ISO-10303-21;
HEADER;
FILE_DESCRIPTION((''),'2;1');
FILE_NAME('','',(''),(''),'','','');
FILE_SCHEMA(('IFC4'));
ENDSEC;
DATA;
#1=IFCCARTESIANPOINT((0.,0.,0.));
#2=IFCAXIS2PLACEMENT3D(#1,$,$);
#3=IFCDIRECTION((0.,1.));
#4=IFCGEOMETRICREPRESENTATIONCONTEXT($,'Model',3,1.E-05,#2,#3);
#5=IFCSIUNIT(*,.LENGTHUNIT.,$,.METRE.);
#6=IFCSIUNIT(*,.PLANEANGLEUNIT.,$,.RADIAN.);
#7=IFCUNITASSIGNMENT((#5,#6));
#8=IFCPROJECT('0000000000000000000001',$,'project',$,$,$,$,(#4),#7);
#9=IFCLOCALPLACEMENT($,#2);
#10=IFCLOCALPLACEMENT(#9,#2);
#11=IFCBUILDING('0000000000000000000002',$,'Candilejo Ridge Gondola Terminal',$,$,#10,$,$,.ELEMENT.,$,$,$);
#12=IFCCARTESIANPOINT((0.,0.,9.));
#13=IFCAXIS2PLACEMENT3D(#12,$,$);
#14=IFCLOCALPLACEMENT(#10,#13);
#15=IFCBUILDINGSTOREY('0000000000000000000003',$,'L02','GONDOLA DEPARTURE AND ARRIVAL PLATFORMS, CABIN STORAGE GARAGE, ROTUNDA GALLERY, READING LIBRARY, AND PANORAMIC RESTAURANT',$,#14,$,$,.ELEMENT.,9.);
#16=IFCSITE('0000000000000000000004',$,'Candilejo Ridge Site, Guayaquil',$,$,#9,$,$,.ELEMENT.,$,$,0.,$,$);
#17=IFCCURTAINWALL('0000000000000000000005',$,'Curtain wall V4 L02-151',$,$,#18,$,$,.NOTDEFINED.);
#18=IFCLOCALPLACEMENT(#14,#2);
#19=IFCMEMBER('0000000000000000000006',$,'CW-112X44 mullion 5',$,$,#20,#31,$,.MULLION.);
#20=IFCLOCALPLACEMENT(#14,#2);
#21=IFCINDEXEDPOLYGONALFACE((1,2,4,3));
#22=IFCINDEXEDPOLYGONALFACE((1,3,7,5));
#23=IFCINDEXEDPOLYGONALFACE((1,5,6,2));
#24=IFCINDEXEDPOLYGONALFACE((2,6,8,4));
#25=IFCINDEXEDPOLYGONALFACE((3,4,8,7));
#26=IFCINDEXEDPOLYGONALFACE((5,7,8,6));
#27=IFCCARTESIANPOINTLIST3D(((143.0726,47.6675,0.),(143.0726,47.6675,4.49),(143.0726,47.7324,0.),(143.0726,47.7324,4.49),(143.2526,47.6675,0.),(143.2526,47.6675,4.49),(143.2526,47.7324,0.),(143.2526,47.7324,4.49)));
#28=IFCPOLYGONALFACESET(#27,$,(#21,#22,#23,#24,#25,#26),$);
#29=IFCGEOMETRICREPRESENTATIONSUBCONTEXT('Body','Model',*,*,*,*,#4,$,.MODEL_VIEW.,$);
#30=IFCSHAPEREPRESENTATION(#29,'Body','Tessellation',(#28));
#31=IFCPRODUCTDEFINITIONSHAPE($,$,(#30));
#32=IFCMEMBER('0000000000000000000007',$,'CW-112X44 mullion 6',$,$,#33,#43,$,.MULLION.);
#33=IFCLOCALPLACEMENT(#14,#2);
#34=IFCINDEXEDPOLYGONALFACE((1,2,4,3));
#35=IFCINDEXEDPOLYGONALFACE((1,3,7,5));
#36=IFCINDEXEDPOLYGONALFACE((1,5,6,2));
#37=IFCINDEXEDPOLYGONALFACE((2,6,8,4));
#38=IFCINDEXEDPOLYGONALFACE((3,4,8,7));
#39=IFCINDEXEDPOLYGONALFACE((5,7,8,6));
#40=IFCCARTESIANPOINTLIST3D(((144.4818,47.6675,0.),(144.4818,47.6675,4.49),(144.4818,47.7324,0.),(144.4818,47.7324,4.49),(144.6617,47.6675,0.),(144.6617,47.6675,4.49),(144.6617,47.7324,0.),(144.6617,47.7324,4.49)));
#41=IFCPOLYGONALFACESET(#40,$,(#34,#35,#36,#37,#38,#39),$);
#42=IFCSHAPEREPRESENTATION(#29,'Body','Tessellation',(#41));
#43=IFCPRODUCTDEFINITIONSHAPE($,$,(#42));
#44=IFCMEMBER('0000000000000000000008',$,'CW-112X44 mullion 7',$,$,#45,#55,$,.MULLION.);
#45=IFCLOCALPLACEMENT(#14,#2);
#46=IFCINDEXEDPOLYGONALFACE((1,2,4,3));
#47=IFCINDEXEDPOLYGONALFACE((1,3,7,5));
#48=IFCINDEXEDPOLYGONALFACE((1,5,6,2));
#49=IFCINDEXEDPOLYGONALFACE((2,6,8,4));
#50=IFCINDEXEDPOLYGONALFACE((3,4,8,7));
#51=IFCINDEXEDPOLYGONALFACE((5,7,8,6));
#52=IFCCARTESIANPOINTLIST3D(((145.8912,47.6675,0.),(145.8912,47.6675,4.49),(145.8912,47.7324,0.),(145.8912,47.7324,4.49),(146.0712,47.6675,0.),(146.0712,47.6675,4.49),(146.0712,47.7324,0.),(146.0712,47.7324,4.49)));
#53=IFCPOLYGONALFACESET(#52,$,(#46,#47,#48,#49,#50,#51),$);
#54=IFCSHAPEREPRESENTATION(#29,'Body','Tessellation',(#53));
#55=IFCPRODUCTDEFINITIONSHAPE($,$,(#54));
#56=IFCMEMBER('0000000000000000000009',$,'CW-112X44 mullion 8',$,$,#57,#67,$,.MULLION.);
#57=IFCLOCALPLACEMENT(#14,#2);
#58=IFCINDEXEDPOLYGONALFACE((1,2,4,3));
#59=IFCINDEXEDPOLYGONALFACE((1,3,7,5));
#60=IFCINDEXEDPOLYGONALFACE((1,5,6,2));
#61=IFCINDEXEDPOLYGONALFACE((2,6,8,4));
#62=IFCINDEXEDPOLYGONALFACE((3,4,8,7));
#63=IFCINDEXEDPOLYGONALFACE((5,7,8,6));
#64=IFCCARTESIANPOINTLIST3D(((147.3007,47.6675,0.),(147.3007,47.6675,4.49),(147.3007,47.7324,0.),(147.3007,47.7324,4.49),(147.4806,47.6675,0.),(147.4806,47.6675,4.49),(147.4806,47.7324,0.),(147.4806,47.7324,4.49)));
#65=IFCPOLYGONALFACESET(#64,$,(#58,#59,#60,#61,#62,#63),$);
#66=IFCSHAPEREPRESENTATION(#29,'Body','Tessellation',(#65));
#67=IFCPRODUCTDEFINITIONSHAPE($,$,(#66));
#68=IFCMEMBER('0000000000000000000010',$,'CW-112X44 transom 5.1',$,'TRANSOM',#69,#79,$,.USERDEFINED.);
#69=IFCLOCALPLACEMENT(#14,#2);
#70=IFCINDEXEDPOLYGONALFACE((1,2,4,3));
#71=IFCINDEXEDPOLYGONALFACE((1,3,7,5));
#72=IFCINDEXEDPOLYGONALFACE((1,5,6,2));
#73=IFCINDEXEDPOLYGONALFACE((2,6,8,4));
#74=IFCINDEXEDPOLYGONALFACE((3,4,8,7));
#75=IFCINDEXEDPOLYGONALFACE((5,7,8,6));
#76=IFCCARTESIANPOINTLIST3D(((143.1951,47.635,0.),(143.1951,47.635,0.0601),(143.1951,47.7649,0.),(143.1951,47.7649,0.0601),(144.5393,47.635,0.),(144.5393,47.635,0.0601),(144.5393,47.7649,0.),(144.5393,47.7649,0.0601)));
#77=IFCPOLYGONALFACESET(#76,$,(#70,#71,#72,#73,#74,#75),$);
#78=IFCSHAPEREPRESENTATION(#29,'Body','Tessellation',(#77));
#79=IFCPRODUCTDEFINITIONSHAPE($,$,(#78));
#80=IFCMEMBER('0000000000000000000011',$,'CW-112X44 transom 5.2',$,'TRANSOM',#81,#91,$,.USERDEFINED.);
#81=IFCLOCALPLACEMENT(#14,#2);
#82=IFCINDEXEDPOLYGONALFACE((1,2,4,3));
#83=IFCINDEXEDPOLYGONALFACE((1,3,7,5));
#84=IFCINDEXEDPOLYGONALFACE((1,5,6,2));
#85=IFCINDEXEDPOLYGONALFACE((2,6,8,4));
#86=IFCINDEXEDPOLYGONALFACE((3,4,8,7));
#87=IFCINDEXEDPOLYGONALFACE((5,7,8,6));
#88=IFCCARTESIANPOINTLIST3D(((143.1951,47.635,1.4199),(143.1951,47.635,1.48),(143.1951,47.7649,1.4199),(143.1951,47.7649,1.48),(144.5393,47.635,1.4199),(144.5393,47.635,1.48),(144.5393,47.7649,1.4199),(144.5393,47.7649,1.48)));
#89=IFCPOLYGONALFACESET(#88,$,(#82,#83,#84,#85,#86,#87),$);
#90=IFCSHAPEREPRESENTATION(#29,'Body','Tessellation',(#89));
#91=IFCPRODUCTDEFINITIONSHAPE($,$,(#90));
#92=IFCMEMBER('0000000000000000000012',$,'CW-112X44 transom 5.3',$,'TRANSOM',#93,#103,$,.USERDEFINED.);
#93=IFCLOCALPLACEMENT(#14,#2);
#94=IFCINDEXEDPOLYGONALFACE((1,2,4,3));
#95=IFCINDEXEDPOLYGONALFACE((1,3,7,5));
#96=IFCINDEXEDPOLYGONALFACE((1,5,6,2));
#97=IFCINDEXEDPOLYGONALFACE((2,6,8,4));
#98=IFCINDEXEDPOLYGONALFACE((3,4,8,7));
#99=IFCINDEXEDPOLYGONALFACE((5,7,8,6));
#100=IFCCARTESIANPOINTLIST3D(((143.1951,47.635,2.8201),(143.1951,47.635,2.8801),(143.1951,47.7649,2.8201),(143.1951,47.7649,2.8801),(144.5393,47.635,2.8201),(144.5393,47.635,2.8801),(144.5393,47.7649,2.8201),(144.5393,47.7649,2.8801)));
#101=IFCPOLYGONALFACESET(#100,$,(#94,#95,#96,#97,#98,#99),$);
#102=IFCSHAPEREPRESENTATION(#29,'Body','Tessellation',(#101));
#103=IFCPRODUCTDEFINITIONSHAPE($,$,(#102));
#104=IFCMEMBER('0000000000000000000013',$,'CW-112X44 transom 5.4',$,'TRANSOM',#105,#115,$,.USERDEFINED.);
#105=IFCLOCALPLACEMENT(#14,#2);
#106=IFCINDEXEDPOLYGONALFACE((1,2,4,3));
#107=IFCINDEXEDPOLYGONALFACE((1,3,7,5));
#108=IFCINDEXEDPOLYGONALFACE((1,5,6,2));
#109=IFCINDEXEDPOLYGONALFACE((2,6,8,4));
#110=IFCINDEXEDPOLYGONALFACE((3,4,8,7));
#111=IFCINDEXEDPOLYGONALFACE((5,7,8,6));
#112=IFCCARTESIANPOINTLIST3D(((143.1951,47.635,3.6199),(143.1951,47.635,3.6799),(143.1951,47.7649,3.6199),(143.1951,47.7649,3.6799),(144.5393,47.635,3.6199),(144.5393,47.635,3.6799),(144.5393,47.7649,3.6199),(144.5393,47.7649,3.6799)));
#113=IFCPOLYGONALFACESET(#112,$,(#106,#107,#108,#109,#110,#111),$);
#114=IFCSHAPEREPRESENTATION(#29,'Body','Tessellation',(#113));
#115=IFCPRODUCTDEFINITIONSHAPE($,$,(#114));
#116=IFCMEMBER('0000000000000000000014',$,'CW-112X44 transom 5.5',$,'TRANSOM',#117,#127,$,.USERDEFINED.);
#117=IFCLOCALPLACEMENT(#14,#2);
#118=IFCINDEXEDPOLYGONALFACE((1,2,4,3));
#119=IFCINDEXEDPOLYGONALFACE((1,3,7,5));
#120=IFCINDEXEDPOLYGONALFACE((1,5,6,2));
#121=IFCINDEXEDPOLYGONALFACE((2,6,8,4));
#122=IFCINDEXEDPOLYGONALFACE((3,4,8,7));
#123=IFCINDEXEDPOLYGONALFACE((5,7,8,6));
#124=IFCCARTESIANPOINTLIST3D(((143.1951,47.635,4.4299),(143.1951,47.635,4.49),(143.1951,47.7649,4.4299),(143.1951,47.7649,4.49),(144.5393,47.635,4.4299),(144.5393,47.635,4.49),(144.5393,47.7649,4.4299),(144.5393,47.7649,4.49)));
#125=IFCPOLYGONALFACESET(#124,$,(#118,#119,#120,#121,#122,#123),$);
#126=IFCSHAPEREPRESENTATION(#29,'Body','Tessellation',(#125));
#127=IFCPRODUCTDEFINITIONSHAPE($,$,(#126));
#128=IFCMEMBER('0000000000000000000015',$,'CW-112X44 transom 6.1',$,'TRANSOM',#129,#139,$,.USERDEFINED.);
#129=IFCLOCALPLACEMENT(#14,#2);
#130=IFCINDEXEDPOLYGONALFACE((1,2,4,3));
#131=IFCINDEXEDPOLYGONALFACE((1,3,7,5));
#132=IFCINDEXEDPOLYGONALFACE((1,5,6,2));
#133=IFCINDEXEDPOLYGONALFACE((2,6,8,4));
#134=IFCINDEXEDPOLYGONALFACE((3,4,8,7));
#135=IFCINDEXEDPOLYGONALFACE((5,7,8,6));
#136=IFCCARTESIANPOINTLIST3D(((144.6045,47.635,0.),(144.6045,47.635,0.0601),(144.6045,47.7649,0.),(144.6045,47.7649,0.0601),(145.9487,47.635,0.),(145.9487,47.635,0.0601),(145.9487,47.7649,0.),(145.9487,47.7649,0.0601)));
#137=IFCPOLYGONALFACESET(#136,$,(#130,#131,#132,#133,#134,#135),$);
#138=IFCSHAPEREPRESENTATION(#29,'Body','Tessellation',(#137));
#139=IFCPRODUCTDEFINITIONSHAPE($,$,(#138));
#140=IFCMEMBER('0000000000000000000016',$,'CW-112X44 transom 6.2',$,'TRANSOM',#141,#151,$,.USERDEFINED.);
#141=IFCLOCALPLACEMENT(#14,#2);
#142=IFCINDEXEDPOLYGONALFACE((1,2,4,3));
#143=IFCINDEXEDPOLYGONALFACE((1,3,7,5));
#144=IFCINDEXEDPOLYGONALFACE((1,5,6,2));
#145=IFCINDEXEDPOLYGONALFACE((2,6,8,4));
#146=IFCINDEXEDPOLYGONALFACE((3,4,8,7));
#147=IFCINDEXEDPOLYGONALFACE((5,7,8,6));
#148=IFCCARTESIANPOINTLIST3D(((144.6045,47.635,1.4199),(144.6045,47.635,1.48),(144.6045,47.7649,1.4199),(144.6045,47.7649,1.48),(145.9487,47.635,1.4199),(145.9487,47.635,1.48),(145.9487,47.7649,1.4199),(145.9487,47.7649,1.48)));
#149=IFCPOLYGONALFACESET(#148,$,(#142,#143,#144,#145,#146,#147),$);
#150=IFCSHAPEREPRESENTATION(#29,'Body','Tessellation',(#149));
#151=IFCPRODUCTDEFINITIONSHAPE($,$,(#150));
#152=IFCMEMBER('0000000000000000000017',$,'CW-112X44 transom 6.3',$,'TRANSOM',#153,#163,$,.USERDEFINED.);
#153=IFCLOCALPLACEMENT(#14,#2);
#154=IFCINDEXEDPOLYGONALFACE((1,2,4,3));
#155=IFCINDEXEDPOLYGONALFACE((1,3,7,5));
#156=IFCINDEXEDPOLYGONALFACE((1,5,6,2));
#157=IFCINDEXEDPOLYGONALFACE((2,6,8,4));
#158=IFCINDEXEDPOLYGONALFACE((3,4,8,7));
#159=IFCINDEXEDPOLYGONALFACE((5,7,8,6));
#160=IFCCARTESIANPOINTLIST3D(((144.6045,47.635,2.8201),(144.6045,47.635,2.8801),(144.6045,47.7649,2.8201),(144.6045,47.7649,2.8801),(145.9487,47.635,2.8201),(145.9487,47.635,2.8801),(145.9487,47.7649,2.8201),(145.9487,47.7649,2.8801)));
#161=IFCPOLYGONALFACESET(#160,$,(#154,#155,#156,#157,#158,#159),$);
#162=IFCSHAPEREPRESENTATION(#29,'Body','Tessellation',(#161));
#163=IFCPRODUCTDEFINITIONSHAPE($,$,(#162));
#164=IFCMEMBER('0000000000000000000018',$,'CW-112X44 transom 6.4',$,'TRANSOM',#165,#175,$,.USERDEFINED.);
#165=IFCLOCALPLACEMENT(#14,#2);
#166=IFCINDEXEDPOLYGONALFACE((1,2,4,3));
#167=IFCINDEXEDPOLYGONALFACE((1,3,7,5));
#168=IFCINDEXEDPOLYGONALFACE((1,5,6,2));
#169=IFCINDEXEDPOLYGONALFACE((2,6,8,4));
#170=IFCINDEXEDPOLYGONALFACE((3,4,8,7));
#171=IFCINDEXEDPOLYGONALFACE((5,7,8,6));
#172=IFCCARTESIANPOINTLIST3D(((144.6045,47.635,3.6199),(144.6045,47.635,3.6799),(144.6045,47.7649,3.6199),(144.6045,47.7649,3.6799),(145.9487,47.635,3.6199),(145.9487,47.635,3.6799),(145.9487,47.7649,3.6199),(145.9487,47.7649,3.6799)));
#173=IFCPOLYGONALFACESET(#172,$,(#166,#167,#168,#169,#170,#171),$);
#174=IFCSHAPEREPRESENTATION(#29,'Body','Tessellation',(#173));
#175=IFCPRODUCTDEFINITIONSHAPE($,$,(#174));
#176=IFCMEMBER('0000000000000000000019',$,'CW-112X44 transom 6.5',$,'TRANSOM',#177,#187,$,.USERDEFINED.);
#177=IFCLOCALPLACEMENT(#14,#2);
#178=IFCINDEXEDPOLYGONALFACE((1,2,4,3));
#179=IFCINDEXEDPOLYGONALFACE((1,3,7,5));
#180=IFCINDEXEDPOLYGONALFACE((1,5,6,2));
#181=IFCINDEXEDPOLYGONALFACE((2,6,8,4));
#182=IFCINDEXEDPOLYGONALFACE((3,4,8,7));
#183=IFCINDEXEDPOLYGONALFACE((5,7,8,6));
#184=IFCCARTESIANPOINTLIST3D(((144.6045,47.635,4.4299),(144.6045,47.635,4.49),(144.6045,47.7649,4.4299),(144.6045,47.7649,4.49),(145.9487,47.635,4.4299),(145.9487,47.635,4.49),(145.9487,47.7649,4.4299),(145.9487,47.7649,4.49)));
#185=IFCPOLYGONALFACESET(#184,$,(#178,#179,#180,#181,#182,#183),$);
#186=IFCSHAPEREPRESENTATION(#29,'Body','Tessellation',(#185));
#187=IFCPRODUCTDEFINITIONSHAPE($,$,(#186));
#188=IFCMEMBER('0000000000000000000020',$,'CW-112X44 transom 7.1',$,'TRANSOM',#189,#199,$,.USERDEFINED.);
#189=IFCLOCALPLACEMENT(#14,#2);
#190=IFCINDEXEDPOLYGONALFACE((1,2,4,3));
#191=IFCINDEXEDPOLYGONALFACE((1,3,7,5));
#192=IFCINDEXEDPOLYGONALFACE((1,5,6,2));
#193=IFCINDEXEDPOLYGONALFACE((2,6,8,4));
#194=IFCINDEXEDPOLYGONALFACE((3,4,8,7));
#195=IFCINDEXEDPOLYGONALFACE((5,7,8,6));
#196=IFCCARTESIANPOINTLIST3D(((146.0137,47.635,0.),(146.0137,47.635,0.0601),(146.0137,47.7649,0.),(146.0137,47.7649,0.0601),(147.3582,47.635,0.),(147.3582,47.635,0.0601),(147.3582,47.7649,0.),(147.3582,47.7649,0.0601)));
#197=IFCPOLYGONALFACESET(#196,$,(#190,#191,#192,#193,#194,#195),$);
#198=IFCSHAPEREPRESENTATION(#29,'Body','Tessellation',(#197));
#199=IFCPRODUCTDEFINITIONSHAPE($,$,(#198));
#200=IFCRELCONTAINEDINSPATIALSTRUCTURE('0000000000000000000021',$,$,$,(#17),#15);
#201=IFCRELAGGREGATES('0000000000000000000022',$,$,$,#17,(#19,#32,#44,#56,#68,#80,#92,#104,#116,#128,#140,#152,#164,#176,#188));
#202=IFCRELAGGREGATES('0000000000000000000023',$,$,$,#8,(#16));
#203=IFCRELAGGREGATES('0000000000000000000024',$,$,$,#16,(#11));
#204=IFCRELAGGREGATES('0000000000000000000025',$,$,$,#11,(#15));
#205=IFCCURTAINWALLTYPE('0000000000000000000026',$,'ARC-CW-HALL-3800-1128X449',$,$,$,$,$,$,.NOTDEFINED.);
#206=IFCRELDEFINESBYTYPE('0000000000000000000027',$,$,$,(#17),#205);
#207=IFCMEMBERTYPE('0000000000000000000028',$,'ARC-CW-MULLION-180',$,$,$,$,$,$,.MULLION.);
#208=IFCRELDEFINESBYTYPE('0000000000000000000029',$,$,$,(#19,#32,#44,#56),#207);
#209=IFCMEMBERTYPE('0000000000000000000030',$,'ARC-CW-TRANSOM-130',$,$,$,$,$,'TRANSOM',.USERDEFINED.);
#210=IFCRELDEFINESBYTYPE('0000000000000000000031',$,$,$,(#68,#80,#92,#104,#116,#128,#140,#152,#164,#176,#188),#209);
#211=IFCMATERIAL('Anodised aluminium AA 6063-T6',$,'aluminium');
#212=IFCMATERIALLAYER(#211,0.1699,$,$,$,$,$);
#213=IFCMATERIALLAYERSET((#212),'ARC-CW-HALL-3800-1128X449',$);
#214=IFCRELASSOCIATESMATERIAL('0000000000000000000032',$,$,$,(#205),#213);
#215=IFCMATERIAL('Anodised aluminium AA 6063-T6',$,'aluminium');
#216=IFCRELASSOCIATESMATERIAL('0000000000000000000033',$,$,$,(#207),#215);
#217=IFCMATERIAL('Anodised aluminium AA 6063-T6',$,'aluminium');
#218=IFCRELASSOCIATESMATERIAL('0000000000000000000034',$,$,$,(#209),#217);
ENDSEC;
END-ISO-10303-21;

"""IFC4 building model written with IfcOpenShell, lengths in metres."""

from ifc_helpers import new_model, si_unit, direction, frame, origin, origin_2d, place, context, subcontext, project, spatial, rectangle, extrude, material, layer, layer_set, material_profile, profile_set, type_object, element, aggregate, save


model = new_model("IFC4")

# Units and contexts
model_context = context("Model", 3, precision=1e-05, world=origin(), true_north=direction((0.0, 1.0)))
body_context = subcontext(model_context, "Body", "Model", "MODEL_VIEW")
ifc_project = project(units=[si_unit("LENGTHUNIT", "METRE"), si_unit("PLANEANGLEUNIT", "RADIAN")], contexts=[model_context])

# Site, building, storey
site_placement = place(None, origin())
site = spatial("IfcSite", under=ifc_project, at=site_placement, Name="Candilejo Ridge Site, Guayaquil", CompositionType="ELEMENT", RefElevation=0.0)
building_placement = place(site_placement, origin())
building = spatial("IfcBuilding", under=site, at=building_placement, Name="Candilejo Ridge Gondola Terminal", CompositionType="ELEMENT")
storey_placement = place(building_placement, frame((0.0, 0.0, 9.0)))
storey = spatial("IfcBuildingStorey", under=building, at=storey_placement, Name="L02", Description="GONDOLA DEPARTURE AND ARRIVAL PLATFORMS, CABIN STORAGE GARAGE, ROTUNDA GALLERY, READING LIBRARY, AND PANORAMIC RESTAURANT", CompositionType="ELEMENT", Elevation=9.0)

# Curtain wall, members
ifc_material_1 = material(Name="Anodised aluminium AA 6063-T6", Category="aluminium")
ifc_layer_1 = layer(ifc_material_1, 0.1699)
ifc_layer_set_1 = layer_set([ifc_layer_1], Name="ARC-CW-HALL-3800-1128X449")
curtain_wall_type = type_object("IfcCurtainWallType", Name="ARC-CW-HALL-3800-1128X449", PredefinedType="NOTDEFINED", material=ifc_layer_set_1)
curtain_wall_placement = place(storey_placement, origin())
curtain_wall = element("IfcCurtainWall", 1, at=curtain_wall_placement, inside=storey, type_object=curtain_wall_type, Name="Curtain wall V4 L02-151", PredefinedType="NOTDEFINED")
ifc_material_2 = material(Name="Anodised aluminium AA 6063-T6", Category="aluminium")
ifc_material_profile_1 = material_profile(ifc_material_2, rectangle(XDim=0.0649, YDim=0.1799, at=origin_2d()))
ifc_profile_set_1 = profile_set([ifc_material_profile_1], Name="Anodised aluminium AA 6063-T6")
member_type_1 = type_object("IfcMemberType", Name="ARC-CW-MULLION-180", PredefinedType="MULLION", material=ifc_profile_set_1)
member_1_placement = place(storey_placement, frame((143.1626, 47.7, 0.0), z_axis=(0.0, 0.0, 1.0), x_axis=(0.0, 1.0, 0.0)))
member_1 = element("IfcMember", 2, at=member_1_placement, type_object=member_type_1, Name="CW-112X44 mullion 5", PredefinedType="MULLION", context=body_context, shape_type="SweptSolid", body=[
    extrude(rectangle(XDim=0.0649, YDim=0.1799, at=origin_2d()), origin(), (0.0, 0.0, 1.0), 4.49),
])
member_2_placement = place(storey_placement, frame((144.5718, 47.7, 0.0), z_axis=(0.0, 0.0, 1.0), x_axis=(0.0, 1.0, 0.0)))
member_2 = element("IfcMember", 3, at=member_2_placement, type_object=member_type_1, Name="CW-112X44 mullion 6", PredefinedType="MULLION", context=body_context, shape_type="SweptSolid", body=[
    extrude(rectangle(XDim=0.0649, YDim=0.1799, at=origin_2d()), origin(), (0.0, 0.0, 1.0), 4.49),
])
member_3_placement = place(storey_placement, frame((145.9812, 47.7, 0.0), z_axis=(0.0, 0.0, 1.0), x_axis=(0.0, 1.0, 0.0)))
member_3 = element("IfcMember", 4, at=member_3_placement, type_object=member_type_1, Name="CW-112X44 mullion 7", PredefinedType="MULLION", context=body_context, shape_type="SweptSolid", body=[
    extrude(rectangle(XDim=0.0649, YDim=0.1799, at=origin_2d()), origin(), (0.0, 0.0, 1.0), 4.49),
])
member_4_placement = place(storey_placement, frame((147.3906, 47.7, 0.0), z_axis=(0.0, 0.0, 1.0), x_axis=(0.0, 1.0, 0.0)))
member_4 = element("IfcMember", 5, at=member_4_placement, type_object=member_type_1, Name="CW-112X44 mullion 8", PredefinedType="MULLION", context=body_context, shape_type="SweptSolid", body=[
    extrude(rectangle(XDim=0.0649, YDim=0.1799, at=origin_2d()), origin(), (0.0, 0.0, 1.0), 4.49),
])
ifc_material_3 = material(Name="Anodised aluminium AA 6063-T6", Category="aluminium")
ifc_material_profile_2 = material_profile(ifc_material_3, rectangle(XDim=0.1299, YDim=0.0601, at=origin_2d()))
ifc_profile_set_2 = profile_set([ifc_material_profile_2], Name="Anodised aluminium AA 6063-T6")
member_type_2 = type_object("IfcMemberType", Name="ARC-CW-TRANSOM-130", ElementType="TRANSOM", PredefinedType="USERDEFINED", material=ifc_profile_set_2)
member_5_placement = place(storey_placement, frame((143.1951, 47.7, 0.03), z_axis=(1.0, 0.0, 0.0), x_axis=(0.0, 1.0, 0.0)))
member_5 = element("IfcMember", 6, at=member_5_placement, type_object=member_type_2, Name="CW-112X44 transom 5.1", ObjectType="TRANSOM", PredefinedType="USERDEFINED", context=body_context, shape_type="SweptSolid", body=[
    extrude(rectangle(XDim=0.1299, YDim=0.0601, at=origin_2d()), origin(), (0.0, 0.0, 1.0), 1.3442),
])
member_6_placement = place(storey_placement, frame((143.1951, 47.7, 1.45), z_axis=(1.0, 0.0, 0.0), x_axis=(0.0, 1.0, 0.0)))
member_6 = element("IfcMember", 7, at=member_6_placement, type_object=member_type_2, Name="CW-112X44 transom 5.2", ObjectType="TRANSOM", PredefinedType="USERDEFINED", context=body_context, shape_type="SweptSolid", body=[
    extrude(rectangle(XDim=0.1299, YDim=0.0601, at=origin_2d()), origin(), (0.0, 0.0, 1.0), 1.3442),
])
member_7_placement = place(storey_placement, frame((143.1951, 47.7, 2.8501), z_axis=(1.0, 0.0, 0.0), x_axis=(0.0, 1.0, 0.0)))
member_7 = element("IfcMember", 8, at=member_7_placement, type_object=member_type_2, Name="CW-112X44 transom 5.3", ObjectType="TRANSOM", PredefinedType="USERDEFINED", context=body_context, shape_type="SweptSolid", body=[
    extrude(rectangle(XDim=0.1299, YDim=0.0601, at=origin_2d()), origin(), (0.0, 0.0, 1.0), 1.3442),
])
member_8_placement = place(storey_placement, frame((143.1951, 47.7, 3.6499), z_axis=(1.0, 0.0, 0.0), x_axis=(0.0, 1.0, 0.0)))
member_8 = element("IfcMember", 9, at=member_8_placement, type_object=member_type_2, Name="CW-112X44 transom 5.4", ObjectType="TRANSOM", PredefinedType="USERDEFINED", context=body_context, shape_type="SweptSolid", body=[
    extrude(rectangle(XDim=0.1299, YDim=0.0601, at=origin_2d()), origin(), (0.0, 0.0, 1.0), 1.3442),
])
member_9_placement = place(storey_placement, frame((143.1951, 47.7, 4.46), z_axis=(1.0, 0.0, 0.0), x_axis=(0.0, 1.0, 0.0)))
member_9 = element("IfcMember", 10, at=member_9_placement, type_object=member_type_2, Name="CW-112X44 transom 5.5", ObjectType="TRANSOM", PredefinedType="USERDEFINED", context=body_context, shape_type="SweptSolid", body=[
    extrude(rectangle(XDim=0.1299, YDim=0.0601, at=origin_2d()), origin(), (0.0, 0.0, 1.0), 1.3442),
])
member_10_placement = place(storey_placement, frame((144.6045, 47.7, 0.03), z_axis=(1.0, 0.0, 0.0), x_axis=(0.0, 1.0, 0.0)))
member_10 = element("IfcMember", 11, at=member_10_placement, type_object=member_type_2, Name="CW-112X44 transom 6.1", ObjectType="TRANSOM", PredefinedType="USERDEFINED", context=body_context, shape_type="SweptSolid", body=[
    extrude(rectangle(XDim=0.1299, YDim=0.0601, at=origin_2d()), origin(), (0.0, 0.0, 1.0), 1.3442),
])
member_11_placement = place(storey_placement, frame((144.6045, 47.7, 1.45), z_axis=(1.0, 0.0, 0.0), x_axis=(0.0, 1.0, 0.0)))
member_11 = element("IfcMember", 12, at=member_11_placement, type_object=member_type_2, Name="CW-112X44 transom 6.2", ObjectType="TRANSOM", PredefinedType="USERDEFINED", context=body_context, shape_type="SweptSolid", body=[
    extrude(rectangle(XDim=0.1299, YDim=0.0601, at=origin_2d()), origin(), (0.0, 0.0, 1.0), 1.3442),
])
member_12_placement = place(storey_placement, frame((144.6045, 47.7, 2.8501), z_axis=(1.0, 0.0, 0.0), x_axis=(0.0, 1.0, 0.0)))
member_12 = element("IfcMember", 13, at=member_12_placement, type_object=member_type_2, Name="CW-112X44 transom 6.3", ObjectType="TRANSOM", PredefinedType="USERDEFINED", context=body_context, shape_type="SweptSolid", body=[
    extrude(rectangle(XDim=0.1299, YDim=0.0601, at=origin_2d()), origin(), (0.0, 0.0, 1.0), 1.3442),
])
member_13_placement = place(storey_placement, frame((144.6045, 47.7, 3.6499), z_axis=(1.0, 0.0, 0.0), x_axis=(0.0, 1.0, 0.0)))
member_13 = element("IfcMember", 14, at=member_13_placement, type_object=member_type_2, Name="CW-112X44 transom 6.4", ObjectType="TRANSOM", PredefinedType="USERDEFINED", context=body_context, shape_type="SweptSolid", body=[
    extrude(rectangle(XDim=0.1299, YDim=0.0601, at=origin_2d()), origin(), (0.0, 0.0, 1.0), 1.3442),
])
member_14_placement = place(storey_placement, frame((144.6045, 47.7, 4.46), z_axis=(1.0, 0.0, 0.0), x_axis=(0.0, 1.0, 0.0)))
member_14 = element("IfcMember", 15, at=member_14_placement, type_object=member_type_2, Name="CW-112X44 transom 6.5", ObjectType="TRANSOM", PredefinedType="USERDEFINED", context=body_context, shape_type="SweptSolid", body=[
    extrude(rectangle(XDim=0.1299, YDim=0.0601, at=origin_2d()), origin(), (0.0, 0.0, 1.0), 1.3442),
])
member_15_placement = place(storey_placement, frame((146.0137, 47.7, 0.03), z_axis=(1.0, 0.0, 0.0), x_axis=(0.0, 1.0, 0.0)))
member_15 = element("IfcMember", 16, at=member_15_placement, type_object=member_type_2, Name="CW-112X44 transom 7.1", ObjectType="TRANSOM", PredefinedType="USERDEFINED", context=body_context, shape_type="SweptSolid", body=[
    extrude(rectangle(XDim=0.1299, YDim=0.0601, at=origin_2d()), origin(), (0.0, 0.0, 1.0), 1.3445),
])
aggregate(curtain_wall, [member_1, member_2, member_3, member_4, member_5, member_6, member_7, member_8, member_9, member_10, member_11, member_12, member_13, member_14, member_15])

save(model, "model.ifc")
